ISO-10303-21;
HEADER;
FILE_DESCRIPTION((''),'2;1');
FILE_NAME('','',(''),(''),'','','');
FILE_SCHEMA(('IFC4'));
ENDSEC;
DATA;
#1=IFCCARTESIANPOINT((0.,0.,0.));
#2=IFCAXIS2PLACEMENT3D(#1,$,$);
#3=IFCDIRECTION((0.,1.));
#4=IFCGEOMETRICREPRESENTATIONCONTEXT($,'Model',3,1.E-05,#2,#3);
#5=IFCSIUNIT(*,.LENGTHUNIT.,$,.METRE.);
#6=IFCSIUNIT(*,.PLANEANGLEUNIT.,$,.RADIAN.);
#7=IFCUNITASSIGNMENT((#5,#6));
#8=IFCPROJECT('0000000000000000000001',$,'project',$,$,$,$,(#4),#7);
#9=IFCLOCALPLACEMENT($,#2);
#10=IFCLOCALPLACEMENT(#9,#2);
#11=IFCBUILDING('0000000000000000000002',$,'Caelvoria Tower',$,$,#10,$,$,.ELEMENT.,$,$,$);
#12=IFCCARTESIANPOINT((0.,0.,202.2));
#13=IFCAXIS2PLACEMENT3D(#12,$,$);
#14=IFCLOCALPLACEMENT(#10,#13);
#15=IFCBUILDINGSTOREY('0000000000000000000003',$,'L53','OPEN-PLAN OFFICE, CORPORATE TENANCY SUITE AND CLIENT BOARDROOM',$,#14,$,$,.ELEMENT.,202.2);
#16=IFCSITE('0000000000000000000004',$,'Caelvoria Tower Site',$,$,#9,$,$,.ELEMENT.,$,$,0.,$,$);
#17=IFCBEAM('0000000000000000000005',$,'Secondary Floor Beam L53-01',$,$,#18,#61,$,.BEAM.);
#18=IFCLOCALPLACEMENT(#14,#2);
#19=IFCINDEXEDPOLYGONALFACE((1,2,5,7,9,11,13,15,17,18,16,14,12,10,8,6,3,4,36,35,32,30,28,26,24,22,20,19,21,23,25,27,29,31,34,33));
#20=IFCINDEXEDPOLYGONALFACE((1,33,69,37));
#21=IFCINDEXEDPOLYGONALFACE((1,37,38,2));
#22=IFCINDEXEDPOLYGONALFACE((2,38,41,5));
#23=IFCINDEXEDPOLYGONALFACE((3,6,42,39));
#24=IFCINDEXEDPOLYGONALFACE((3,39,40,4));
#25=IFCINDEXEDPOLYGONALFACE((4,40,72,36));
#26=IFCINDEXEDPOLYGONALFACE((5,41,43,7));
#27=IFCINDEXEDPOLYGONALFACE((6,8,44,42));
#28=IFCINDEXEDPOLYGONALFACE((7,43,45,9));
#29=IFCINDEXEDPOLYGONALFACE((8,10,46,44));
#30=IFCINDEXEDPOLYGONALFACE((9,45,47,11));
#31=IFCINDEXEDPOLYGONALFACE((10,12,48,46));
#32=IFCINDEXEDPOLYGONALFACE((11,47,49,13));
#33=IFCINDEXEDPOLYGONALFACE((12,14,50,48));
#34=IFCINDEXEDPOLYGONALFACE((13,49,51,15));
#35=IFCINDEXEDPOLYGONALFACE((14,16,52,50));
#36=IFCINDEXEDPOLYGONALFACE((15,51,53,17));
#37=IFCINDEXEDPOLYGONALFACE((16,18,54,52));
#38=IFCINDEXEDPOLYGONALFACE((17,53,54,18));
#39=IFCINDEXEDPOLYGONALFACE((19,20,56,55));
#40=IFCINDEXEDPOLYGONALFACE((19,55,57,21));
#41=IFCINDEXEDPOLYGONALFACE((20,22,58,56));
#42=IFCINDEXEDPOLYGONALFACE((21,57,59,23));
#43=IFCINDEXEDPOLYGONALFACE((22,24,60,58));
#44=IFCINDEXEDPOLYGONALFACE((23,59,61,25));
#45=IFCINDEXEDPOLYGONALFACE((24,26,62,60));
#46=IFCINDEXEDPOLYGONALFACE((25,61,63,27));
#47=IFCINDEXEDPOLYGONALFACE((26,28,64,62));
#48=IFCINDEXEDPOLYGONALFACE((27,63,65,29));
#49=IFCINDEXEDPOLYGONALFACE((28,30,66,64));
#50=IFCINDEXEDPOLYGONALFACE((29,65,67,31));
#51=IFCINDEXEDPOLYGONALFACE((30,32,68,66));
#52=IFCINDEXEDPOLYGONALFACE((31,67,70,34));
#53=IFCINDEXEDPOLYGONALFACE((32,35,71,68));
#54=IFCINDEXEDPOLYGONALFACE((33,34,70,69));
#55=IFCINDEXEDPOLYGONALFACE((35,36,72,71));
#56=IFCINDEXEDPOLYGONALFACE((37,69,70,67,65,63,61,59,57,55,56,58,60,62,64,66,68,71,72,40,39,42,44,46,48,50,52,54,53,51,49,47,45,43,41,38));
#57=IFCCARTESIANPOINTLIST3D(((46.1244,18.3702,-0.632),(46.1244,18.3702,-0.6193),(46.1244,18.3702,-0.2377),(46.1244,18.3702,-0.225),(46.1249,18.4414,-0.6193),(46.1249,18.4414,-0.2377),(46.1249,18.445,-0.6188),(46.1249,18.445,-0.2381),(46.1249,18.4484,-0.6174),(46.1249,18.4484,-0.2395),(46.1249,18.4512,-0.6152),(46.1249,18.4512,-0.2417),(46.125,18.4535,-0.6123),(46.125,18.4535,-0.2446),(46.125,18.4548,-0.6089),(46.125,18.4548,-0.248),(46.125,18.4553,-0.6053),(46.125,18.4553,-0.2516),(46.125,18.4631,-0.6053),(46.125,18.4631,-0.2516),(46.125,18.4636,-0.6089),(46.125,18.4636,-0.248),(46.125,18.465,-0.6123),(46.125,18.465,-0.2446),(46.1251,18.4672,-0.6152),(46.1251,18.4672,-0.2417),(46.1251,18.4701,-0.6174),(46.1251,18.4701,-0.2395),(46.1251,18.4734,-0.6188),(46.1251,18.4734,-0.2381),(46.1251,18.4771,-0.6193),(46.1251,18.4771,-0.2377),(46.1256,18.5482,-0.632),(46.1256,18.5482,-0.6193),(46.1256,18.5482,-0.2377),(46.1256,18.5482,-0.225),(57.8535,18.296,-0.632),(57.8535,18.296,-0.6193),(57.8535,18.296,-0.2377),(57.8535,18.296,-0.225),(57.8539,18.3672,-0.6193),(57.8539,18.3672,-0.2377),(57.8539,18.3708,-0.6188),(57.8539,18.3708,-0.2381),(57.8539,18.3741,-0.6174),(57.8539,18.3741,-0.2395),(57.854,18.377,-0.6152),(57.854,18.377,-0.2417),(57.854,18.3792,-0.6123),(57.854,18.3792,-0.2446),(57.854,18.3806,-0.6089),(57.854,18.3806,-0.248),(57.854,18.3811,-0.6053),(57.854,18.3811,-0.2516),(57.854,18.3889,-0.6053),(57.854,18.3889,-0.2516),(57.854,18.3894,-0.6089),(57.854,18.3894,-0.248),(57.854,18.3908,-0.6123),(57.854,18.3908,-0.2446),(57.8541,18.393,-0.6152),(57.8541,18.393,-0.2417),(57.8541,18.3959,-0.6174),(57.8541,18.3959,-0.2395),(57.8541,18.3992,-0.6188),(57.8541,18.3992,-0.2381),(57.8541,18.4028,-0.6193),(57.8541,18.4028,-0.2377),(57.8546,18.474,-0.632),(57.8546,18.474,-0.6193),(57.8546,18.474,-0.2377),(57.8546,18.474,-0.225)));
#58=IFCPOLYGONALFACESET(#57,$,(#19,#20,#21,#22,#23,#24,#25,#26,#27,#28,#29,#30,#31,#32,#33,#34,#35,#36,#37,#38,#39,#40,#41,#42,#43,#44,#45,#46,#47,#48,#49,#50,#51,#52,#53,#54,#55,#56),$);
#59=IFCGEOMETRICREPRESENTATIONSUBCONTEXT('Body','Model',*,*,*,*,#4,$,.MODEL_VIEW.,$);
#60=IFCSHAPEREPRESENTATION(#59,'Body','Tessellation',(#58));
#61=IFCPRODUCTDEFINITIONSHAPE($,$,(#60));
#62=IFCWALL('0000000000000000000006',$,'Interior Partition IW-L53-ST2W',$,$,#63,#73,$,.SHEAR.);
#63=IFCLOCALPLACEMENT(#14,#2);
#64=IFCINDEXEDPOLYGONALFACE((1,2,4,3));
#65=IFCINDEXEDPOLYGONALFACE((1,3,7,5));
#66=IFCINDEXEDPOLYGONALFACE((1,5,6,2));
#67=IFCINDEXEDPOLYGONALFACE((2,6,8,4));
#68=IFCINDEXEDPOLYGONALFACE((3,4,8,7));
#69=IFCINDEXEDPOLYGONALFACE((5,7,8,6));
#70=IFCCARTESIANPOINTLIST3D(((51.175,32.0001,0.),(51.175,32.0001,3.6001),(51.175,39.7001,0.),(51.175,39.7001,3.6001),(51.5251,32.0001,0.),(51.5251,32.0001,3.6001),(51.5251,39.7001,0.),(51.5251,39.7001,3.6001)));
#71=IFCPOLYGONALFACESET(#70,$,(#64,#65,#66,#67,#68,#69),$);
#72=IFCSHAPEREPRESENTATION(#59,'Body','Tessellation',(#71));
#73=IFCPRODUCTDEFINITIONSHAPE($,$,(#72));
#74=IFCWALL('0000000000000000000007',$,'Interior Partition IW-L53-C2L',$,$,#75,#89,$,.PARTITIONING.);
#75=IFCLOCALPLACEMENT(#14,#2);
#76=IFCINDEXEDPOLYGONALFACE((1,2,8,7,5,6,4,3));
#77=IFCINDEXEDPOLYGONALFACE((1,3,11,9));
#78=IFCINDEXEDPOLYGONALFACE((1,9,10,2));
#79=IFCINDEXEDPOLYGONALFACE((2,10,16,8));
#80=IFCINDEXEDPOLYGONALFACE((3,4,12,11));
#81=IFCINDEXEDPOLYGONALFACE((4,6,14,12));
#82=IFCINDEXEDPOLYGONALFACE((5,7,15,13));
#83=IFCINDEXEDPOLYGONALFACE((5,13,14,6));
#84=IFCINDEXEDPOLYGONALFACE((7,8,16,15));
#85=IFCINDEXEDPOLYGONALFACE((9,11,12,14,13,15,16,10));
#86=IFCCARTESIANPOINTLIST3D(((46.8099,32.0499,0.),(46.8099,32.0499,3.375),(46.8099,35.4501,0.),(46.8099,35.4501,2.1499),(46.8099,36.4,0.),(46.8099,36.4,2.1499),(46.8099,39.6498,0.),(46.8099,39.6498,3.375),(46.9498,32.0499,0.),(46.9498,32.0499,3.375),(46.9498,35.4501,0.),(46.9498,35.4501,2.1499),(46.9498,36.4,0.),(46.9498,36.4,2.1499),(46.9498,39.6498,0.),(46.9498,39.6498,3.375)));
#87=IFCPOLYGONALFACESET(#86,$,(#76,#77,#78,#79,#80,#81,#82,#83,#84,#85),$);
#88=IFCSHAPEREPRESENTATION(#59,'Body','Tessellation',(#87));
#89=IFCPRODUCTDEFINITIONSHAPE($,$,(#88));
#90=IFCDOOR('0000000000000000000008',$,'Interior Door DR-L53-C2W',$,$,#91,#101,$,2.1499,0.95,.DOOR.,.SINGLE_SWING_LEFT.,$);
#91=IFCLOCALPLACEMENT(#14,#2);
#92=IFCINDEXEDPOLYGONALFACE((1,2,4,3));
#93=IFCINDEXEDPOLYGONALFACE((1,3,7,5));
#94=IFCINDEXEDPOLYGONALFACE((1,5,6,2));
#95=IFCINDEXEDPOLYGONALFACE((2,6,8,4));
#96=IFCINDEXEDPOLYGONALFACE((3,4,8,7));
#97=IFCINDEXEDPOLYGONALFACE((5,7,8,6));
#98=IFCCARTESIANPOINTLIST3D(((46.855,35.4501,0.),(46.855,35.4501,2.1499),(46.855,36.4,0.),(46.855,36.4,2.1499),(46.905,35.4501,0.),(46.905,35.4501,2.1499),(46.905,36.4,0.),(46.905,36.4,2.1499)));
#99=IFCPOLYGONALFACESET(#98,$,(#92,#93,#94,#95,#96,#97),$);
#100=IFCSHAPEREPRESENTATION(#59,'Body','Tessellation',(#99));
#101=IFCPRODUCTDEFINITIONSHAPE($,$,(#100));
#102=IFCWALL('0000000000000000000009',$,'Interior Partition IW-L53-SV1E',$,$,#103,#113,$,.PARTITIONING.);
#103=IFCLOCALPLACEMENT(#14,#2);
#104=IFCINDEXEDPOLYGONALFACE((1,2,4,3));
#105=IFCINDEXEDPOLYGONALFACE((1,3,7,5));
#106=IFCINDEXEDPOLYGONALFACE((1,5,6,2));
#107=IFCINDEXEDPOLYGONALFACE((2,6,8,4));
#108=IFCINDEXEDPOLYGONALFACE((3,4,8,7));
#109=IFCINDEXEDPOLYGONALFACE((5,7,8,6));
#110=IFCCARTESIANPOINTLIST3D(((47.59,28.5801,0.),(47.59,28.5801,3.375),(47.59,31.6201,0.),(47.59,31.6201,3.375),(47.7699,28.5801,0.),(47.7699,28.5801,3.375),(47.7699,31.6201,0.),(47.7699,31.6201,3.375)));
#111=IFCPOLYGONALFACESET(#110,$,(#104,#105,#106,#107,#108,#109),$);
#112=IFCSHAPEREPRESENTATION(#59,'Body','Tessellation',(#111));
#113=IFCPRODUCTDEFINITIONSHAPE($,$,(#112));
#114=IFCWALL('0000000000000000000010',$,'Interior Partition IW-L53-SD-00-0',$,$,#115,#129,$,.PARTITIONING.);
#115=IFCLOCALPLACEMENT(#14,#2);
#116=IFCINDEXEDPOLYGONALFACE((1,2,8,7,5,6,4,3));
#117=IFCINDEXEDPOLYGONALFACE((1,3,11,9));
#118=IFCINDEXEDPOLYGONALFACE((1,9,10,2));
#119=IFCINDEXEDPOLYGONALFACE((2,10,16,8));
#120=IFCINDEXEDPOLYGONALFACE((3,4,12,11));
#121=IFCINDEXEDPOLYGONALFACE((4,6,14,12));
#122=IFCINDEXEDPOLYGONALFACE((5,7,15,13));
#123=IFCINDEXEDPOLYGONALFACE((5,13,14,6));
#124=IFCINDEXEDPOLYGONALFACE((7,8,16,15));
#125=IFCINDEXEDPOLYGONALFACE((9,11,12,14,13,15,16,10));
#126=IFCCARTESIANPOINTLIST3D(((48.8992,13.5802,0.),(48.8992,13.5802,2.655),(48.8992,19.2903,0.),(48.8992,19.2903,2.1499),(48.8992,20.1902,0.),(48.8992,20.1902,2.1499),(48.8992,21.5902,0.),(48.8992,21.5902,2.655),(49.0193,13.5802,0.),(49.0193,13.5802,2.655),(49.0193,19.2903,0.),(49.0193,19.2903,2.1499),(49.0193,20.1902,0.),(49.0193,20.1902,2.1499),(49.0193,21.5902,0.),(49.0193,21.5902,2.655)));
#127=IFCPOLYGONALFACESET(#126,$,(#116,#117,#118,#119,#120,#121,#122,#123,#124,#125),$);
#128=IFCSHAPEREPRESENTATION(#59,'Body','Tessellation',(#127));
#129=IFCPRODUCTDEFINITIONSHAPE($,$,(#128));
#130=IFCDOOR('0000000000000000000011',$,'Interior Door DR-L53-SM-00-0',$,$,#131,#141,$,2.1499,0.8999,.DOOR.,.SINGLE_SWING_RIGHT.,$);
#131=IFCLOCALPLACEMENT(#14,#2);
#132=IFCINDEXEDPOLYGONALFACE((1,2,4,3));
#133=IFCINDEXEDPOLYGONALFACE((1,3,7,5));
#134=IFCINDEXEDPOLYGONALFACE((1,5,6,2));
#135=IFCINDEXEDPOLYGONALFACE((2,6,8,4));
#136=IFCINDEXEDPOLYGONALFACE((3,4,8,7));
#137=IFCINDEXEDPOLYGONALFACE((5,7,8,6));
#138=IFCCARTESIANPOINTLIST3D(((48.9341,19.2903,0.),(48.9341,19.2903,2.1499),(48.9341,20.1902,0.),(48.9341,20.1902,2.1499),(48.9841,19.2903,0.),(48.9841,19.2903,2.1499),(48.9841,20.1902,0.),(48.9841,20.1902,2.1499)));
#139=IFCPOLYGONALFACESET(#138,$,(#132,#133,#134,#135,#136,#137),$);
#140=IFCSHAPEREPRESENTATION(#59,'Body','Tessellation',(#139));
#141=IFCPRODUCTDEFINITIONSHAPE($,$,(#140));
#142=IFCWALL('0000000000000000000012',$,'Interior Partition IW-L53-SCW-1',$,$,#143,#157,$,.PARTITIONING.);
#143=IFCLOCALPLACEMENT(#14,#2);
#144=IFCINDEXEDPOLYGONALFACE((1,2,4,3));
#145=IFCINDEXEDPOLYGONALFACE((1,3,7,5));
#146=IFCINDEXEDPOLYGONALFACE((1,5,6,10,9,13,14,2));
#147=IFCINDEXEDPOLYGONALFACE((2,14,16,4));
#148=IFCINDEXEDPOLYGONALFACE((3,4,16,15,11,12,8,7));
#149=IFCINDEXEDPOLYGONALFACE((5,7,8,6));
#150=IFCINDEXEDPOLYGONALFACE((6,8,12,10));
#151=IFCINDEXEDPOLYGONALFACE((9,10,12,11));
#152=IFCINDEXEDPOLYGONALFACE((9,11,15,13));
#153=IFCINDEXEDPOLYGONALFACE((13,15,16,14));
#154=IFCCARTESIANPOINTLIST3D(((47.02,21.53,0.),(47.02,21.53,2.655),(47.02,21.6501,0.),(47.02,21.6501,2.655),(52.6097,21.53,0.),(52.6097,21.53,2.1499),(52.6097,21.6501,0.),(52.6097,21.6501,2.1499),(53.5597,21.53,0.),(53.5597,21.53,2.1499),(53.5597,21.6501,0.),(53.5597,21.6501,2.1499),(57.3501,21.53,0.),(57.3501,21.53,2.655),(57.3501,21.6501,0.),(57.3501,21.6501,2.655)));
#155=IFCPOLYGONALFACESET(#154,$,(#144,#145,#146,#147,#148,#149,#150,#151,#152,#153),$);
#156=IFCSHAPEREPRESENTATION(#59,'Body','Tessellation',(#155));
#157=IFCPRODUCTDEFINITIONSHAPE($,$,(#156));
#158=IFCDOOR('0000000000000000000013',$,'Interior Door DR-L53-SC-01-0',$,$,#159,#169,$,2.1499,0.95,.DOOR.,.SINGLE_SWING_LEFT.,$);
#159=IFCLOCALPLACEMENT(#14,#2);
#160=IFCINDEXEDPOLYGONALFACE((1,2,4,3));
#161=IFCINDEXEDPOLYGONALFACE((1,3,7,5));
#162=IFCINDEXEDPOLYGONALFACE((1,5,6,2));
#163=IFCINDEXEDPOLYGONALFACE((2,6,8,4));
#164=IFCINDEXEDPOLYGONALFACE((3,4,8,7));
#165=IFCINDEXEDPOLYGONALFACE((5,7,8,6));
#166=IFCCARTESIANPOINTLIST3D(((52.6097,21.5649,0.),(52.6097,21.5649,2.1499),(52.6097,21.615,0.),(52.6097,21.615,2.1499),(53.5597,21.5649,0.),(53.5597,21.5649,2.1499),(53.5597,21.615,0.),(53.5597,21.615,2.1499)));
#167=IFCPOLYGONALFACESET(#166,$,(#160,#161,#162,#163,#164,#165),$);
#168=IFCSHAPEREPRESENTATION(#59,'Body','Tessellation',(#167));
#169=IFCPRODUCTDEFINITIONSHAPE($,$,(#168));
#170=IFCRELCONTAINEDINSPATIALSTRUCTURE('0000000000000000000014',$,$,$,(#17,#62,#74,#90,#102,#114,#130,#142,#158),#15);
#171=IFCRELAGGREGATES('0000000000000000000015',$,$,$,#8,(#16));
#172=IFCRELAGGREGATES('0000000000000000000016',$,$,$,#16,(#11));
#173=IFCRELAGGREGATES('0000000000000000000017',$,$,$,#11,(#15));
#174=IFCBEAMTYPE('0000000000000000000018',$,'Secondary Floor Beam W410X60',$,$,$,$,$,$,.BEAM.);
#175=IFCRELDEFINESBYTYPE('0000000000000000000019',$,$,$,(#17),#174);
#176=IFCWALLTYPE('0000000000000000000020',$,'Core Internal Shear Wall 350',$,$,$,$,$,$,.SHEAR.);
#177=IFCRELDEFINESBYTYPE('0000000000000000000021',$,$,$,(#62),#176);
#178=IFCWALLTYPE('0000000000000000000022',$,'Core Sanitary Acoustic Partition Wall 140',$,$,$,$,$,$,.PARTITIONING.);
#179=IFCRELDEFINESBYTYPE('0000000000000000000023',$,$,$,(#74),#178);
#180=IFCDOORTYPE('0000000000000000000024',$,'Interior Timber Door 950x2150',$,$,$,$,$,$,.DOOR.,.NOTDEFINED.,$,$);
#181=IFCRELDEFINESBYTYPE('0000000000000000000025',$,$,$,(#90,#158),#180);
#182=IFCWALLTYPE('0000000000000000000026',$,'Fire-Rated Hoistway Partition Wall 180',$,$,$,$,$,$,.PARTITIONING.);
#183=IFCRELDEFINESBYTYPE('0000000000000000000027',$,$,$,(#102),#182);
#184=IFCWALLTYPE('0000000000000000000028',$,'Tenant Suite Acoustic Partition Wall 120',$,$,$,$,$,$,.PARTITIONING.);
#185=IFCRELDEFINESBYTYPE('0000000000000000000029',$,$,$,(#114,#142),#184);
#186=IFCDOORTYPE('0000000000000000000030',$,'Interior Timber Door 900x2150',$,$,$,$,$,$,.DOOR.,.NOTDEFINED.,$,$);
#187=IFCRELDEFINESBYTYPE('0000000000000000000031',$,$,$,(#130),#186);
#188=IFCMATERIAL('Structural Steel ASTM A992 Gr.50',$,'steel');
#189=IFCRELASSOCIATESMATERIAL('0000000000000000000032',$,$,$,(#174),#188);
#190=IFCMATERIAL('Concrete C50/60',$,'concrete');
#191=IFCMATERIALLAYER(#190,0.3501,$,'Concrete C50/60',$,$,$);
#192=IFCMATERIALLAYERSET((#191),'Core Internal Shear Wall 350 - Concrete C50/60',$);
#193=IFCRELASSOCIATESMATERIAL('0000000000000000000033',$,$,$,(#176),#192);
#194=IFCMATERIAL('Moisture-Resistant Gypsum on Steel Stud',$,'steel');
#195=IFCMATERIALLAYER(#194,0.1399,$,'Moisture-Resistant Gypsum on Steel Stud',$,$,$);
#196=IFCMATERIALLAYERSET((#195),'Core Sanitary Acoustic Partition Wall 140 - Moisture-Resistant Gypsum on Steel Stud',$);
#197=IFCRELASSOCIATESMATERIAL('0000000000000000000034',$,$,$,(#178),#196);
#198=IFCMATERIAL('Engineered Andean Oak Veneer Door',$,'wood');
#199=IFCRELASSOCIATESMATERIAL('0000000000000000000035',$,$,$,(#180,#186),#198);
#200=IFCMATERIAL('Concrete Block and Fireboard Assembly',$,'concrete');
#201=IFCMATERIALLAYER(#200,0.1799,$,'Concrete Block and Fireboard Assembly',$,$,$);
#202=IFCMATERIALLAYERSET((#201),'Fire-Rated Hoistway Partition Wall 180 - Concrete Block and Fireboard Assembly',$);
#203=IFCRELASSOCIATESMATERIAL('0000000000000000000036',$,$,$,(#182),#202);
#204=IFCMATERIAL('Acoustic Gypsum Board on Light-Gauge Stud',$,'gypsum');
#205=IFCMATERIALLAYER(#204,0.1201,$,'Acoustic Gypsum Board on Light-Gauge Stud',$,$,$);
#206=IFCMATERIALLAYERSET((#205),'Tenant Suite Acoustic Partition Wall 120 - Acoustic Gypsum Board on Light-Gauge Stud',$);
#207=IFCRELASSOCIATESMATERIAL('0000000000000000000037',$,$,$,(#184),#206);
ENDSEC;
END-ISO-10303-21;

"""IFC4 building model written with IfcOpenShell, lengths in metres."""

from ifc_helpers import new_model, si_unit, direction, frame, frame_2d, origin, origin_2d, place, context, subcontext, project, spatial, rectangle, i_section, extrude, material, layer, layer_set, material_profile, profile_set, type_object, element, fill, save


model = new_model("IFC4")

# Units and contexts
model_context = context("Model", 3, precision=1e-05, world=origin(), true_north=direction((0.0, 1.0)))
body_context = subcontext(model_context, "Body", "Model", "MODEL_VIEW")
ifc_project = project(units=[si_unit("LENGTHUNIT", "METRE"), si_unit("PLANEANGLEUNIT", "RADIAN")], contexts=[model_context])

# Site, building, storey
site_placement = place(None, origin())
site = spatial("IfcSite", under=ifc_project, at=site_placement, Name="Caelvoria Tower Site", CompositionType="ELEMENT", RefElevation=0.0)
building_placement = place(site_placement, origin())
building = spatial("IfcBuilding", under=site, at=building_placement, Name="Caelvoria Tower", CompositionType="ELEMENT")
storey_placement = place(building_placement, frame((0.0, 0.0, 202.2)))
storey = spatial("IfcBuildingStorey", under=building, at=storey_placement, Name="L53", Description="OPEN-PLAN OFFICE, CORPORATE TENANCY SUITE AND CLIENT BOARDROOM", CompositionType="ELEMENT", Elevation=202.2)

# Beam
ifc_material_1 = material(Name="Structural Steel ASTM A992 Gr.50", Category="steel")
ifc_material_profile_1 = material_profile(ifc_material_1, i_section(OverallWidth=0.178, OverallDepth=0.407, WebThickness=0.0078, FlangeThickness=0.0127, FilletRadius=0.0139, at=origin_2d()), Name="Structural Steel ASTM A992 Gr.50")
ifc_profile_set_1 = profile_set([ifc_material_profile_1], Name="W410X60 - Structural Steel ASTM A992 Gr.50")
beam_type_1 = type_object("IfcBeamType", Name="Secondary Floor Beam W410X60", PredefinedType="BEAM", material=ifc_profile_set_1)
beam_1_placement = place(storey_placement, frame((46.125, 18.4592, -0.4285), z_axis=(0.99998, -0.006328, 0.0), x_axis=(0.006328, 0.99998, 0.0)))
element("IfcBeam", 1, at=beam_1_placement, inside=storey, type_object=beam_type_1, Name="Secondary Floor Beam L53-01", PredefinedType="BEAM", context=body_context, shape_type="SweptSolid", body=[
    extrude(i_section(OverallWidth=0.178, OverallDepth=0.407, WebThickness=0.0078, FlangeThickness=0.0127, FilletRadius=0.0139, at=origin_2d()), origin(), (0.0, 0.0, 1.0), 11.7292),
])

# Wall
ifc_material_2 = material(Name="Concrete C50/60", Category="concrete")
ifc_layer_1 = layer(ifc_material_2, 0.3501, Name="Concrete C50/60")
ifc_layer_set_1 = layer_set([ifc_layer_1], Name="Core Internal Shear Wall 350 - Concrete C50/60")
wall_type_1 = type_object("IfcWallType", Name="Core Internal Shear Wall 350", PredefinedType="SHEAR", material=ifc_layer_set_1)
wall_1_placement = place(storey_placement, frame((51.3501, 32.0, 0.0), z_axis=(0.0, 0.0, 1.0), x_axis=(0.0, 1.0, 0.0)))
element("IfcWall", 2, at=wall_1_placement, inside=storey, type_object=wall_type_1, Name="Interior Partition IW-L53-ST2W", PredefinedType="SHEAR", context=body_context, shape_type="SweptSolid", body=[
    extrude(rectangle(XDim=7.7, YDim=0.3501, at=frame_2d((3.8501, 0.0))), origin(), (0.0, 0.0, 1.0), 3.6001),
])

# Wall, opening, door
ifc_material_3 = material(Name="Moisture-Resistant Gypsum on Steel Stud", Category="steel")
ifc_layer_2 = layer(ifc_material_3, 0.1399, Name="Moisture-Resistant Gypsum on Steel Stud")
ifc_layer_set_2 = layer_set([ifc_layer_2], Name="Core Sanitary Acoustic Partition Wall 140 - Moisture-Resistant Gypsum on Steel Stud")
wall_type_2 = type_object("IfcWallType", Name="Core Sanitary Acoustic Partition Wall 140", PredefinedType="PARTITIONING", material=ifc_layer_set_2)
wall_2_placement = place(storey_placement, frame((46.8799, 32.05, 0.0), z_axis=(0.0, 0.0, 1.0), x_axis=(0.0, 1.0, 0.0)))
wall_2 = element("IfcWall", 3, at=wall_2_placement, inside=storey, type_object=wall_type_2, Name="Interior Partition IW-L53-C2L", PredefinedType="PARTITIONING", context=body_context, shape_type="SweptSolid", body=[
    extrude(rectangle(XDim=7.5999, YDim=0.1399, at=frame_2d((3.7998, 0.0))), origin(), (0.0, 0.0, 1.0), 3.375),
])
opening_1_placement = place(wall_2_placement, frame((3.3999, 0.0, 0.0)))
opening_1 = element("IfcOpeningElement", 4, at=opening_1_placement, cuts=wall_2, PredefinedType="OPENING", context=body_context, shape_type="SweptSolid", body=[
    extrude(rectangle(XDim=0.95, YDim=2.1499, at=frame_2d((0.4751, 1.075))), frame((0.0, 0.0798, 0.0), z_axis=(0.0, -1.0, 0.0), x_axis=(1.0, 0.0, 0.0)), (0.0, 0.0, 1.0), 0.1599),
])
ifc_material_4 = material(Name="Engineered Andean Oak Veneer Door", Category="wood")
door_type_1 = type_object("IfcDoorType", Name="Interior Timber Door 950x2150", OperationType="NOTDEFINED", PredefinedType="DOOR", material=ifc_material_4)
door_1_placement = place(opening_1_placement, origin())
door_1 = element("IfcDoor", 5, at=door_1_placement, inside=storey, type_object=door_type_1, Name="Interior Door DR-L53-C2W", OperationType="SINGLE_SWING_LEFT", OverallHeight=2.1499, OverallWidth=0.95, PredefinedType="DOOR", context=body_context, shape_type="SweptSolid", body=[
    extrude(rectangle(XDim=0.95, YDim=2.1499, at=frame_2d((0.4751, 1.075))), frame((0.0, 0.0249, 0.0), z_axis=(0.0, -1.0, 0.0), x_axis=(1.0, 0.0, 0.0)), (0.0, 0.0, 1.0), 0.05),
])
fill(opening_1, door_1)

# Wall
ifc_material_5 = material(Name="Concrete Block and Fireboard Assembly", Category="concrete")
ifc_layer_3 = layer(ifc_material_5, 0.1799, Name="Concrete Block and Fireboard Assembly")
ifc_layer_set_3 = layer_set([ifc_layer_3], Name="Fire-Rated Hoistway Partition Wall 180 - Concrete Block and Fireboard Assembly")
wall_type_3 = type_object("IfcWallType", Name="Fire-Rated Hoistway Partition Wall 180", PredefinedType="PARTITIONING", material=ifc_layer_set_3)
wall_3_placement = place(storey_placement, frame((47.6799, 28.5801, 0.0), z_axis=(0.0, 0.0, 1.0), x_axis=(0.0, 1.0, 0.0)))
element("IfcWall", 6, at=wall_3_placement, inside=storey, type_object=wall_type_3, Name="Interior Partition IW-L53-SV1E", PredefinedType="PARTITIONING", context=body_context, shape_type="SweptSolid", body=[
    extrude(rectangle(XDim=3.04, YDim=0.1799, at=frame_2d((1.52, 0.0))), origin(), (0.0, 0.0, 1.0), 3.375),
])

# Walls, openings, doors
ifc_material_6 = material(Name="Acoustic Gypsum Board on Light-Gauge Stud", Category="gypsum")
ifc_layer_4 = layer(ifc_material_6, 0.1201, Name="Acoustic Gypsum Board on Light-Gauge Stud")
ifc_layer_set_4 = layer_set([ifc_layer_4], Name="Tenant Suite Acoustic Partition Wall 120 - Acoustic Gypsum Board on Light-Gauge Stud")
wall_type_4 = type_object("IfcWallType", Name="Tenant Suite Acoustic Partition Wall 120", PredefinedType="PARTITIONING", material=ifc_layer_set_4)
wall_4_placement = place(storey_placement, frame((48.9592, 21.5901, 0.0), z_axis=(0.0, 0.0, 1.0), x_axis=(0.0, -1.0, 0.0)))
wall_4 = element("IfcWall", 7, at=wall_4_placement, inside=storey, type_object=wall_type_4, Name="Interior Partition IW-L53-SD-00-0", PredefinedType="PARTITIONING", context=body_context, shape_type="SweptSolid", body=[
    extrude(rectangle(XDim=8.01, YDim=0.1201, at=frame_2d((4.0049, 0.0))), origin(), (0.0, 0.0, 1.0), 2.655),
])
opening_2_placement = place(wall_4_placement, frame((1.3999, 0.0, 0.0)))
opening_2 = element("IfcOpeningElement", 8, at=opening_2_placement, cuts=wall_4, PredefinedType="OPENING", context=body_context, shape_type="SweptSolid", body=[
    extrude(rectangle(XDim=0.8999, YDim=2.1499, at=frame_2d((0.45, 1.075))), frame((0.0, 0.0701, 0.0), z_axis=(0.0, -1.0, 0.0), x_axis=(1.0, 0.0, 0.0)), (0.0, 0.0, 1.0), 0.1401),
])
door_type_2 = type_object("IfcDoorType", Name="Interior Timber Door 900x2150", OperationType="NOTDEFINED", PredefinedType="DOOR", material=ifc_material_4)
door_2_placement = place(opening_2_placement, origin())
door_2 = element("IfcDoor", 9, at=door_2_placement, inside=storey, type_object=door_type_2, Name="Interior Door DR-L53-SM-00-0", OperationType="SINGLE_SWING_RIGHT", OverallHeight=2.1499, OverallWidth=0.8999, PredefinedType="DOOR", context=body_context, shape_type="SweptSolid", body=[
    extrude(rectangle(XDim=0.8999, YDim=2.1499, at=frame_2d((0.45, 1.075))), frame((0.0, 0.0249, 0.0), z_axis=(0.0, -1.0, 0.0), x_axis=(1.0, 0.0, 0.0)), (0.0, 0.0, 1.0), 0.05),
])
fill(opening_2, door_2)
wall_5_placement = place(storey_placement, frame((47.02, 21.5901, 0.0), z_axis=(0.0, 0.0, 1.0), x_axis=(1.0, 0.0, 0.0)))
wall_5 = element("IfcWall", 10, at=wall_5_placement, inside=storey, type_object=wall_type_4, Name="Interior Partition IW-L53-SCW-1", PredefinedType="PARTITIONING", context=body_context, shape_type="SweptSolid", body=[
    extrude(rectangle(XDim=10.3301, YDim=0.1201, at=frame_2d((5.165, 0.0))), origin(), (0.0, 0.0, 1.0), 2.655),
])
opening_3_placement = place(wall_5_placement, frame((5.5896, 0.0, 0.0)))
opening_3 = element("IfcOpeningElement", 11, at=opening_3_placement, cuts=wall_5, PredefinedType="OPENING", context=body_context, shape_type="SweptSolid", body=[
    extrude(rectangle(XDim=0.95, YDim=2.1499, at=frame_2d((0.4751, 1.075))), frame((0.0, 0.0701, 0.0), z_axis=(0.0, -1.0, 0.0), x_axis=(1.0, 0.0, 0.0)), (0.0, 0.0, 1.0), 0.1401),
])
door_3_placement = place(opening_3_placement, origin())
door_3 = element("IfcDoor", 12, at=door_3_placement, inside=storey, type_object=door_type_1, Name="Interior Door DR-L53-SC-01-0", OperationType="SINGLE_SWING_LEFT", OverallHeight=2.1499, OverallWidth=0.95, PredefinedType="DOOR", context=body_context, shape_type="SweptSolid", body=[
    extrude(rectangle(XDim=0.95, YDim=2.1499, at=frame_2d((0.4751, 1.075))), frame((0.0, 0.0249, 0.0), z_axis=(0.0, -1.0, 0.0), x_axis=(1.0, 0.0, 0.0)), (0.0, 0.0, 1.0), 0.05),
])
fill(opening_3, door_3)

save(model, "model.ifc")
